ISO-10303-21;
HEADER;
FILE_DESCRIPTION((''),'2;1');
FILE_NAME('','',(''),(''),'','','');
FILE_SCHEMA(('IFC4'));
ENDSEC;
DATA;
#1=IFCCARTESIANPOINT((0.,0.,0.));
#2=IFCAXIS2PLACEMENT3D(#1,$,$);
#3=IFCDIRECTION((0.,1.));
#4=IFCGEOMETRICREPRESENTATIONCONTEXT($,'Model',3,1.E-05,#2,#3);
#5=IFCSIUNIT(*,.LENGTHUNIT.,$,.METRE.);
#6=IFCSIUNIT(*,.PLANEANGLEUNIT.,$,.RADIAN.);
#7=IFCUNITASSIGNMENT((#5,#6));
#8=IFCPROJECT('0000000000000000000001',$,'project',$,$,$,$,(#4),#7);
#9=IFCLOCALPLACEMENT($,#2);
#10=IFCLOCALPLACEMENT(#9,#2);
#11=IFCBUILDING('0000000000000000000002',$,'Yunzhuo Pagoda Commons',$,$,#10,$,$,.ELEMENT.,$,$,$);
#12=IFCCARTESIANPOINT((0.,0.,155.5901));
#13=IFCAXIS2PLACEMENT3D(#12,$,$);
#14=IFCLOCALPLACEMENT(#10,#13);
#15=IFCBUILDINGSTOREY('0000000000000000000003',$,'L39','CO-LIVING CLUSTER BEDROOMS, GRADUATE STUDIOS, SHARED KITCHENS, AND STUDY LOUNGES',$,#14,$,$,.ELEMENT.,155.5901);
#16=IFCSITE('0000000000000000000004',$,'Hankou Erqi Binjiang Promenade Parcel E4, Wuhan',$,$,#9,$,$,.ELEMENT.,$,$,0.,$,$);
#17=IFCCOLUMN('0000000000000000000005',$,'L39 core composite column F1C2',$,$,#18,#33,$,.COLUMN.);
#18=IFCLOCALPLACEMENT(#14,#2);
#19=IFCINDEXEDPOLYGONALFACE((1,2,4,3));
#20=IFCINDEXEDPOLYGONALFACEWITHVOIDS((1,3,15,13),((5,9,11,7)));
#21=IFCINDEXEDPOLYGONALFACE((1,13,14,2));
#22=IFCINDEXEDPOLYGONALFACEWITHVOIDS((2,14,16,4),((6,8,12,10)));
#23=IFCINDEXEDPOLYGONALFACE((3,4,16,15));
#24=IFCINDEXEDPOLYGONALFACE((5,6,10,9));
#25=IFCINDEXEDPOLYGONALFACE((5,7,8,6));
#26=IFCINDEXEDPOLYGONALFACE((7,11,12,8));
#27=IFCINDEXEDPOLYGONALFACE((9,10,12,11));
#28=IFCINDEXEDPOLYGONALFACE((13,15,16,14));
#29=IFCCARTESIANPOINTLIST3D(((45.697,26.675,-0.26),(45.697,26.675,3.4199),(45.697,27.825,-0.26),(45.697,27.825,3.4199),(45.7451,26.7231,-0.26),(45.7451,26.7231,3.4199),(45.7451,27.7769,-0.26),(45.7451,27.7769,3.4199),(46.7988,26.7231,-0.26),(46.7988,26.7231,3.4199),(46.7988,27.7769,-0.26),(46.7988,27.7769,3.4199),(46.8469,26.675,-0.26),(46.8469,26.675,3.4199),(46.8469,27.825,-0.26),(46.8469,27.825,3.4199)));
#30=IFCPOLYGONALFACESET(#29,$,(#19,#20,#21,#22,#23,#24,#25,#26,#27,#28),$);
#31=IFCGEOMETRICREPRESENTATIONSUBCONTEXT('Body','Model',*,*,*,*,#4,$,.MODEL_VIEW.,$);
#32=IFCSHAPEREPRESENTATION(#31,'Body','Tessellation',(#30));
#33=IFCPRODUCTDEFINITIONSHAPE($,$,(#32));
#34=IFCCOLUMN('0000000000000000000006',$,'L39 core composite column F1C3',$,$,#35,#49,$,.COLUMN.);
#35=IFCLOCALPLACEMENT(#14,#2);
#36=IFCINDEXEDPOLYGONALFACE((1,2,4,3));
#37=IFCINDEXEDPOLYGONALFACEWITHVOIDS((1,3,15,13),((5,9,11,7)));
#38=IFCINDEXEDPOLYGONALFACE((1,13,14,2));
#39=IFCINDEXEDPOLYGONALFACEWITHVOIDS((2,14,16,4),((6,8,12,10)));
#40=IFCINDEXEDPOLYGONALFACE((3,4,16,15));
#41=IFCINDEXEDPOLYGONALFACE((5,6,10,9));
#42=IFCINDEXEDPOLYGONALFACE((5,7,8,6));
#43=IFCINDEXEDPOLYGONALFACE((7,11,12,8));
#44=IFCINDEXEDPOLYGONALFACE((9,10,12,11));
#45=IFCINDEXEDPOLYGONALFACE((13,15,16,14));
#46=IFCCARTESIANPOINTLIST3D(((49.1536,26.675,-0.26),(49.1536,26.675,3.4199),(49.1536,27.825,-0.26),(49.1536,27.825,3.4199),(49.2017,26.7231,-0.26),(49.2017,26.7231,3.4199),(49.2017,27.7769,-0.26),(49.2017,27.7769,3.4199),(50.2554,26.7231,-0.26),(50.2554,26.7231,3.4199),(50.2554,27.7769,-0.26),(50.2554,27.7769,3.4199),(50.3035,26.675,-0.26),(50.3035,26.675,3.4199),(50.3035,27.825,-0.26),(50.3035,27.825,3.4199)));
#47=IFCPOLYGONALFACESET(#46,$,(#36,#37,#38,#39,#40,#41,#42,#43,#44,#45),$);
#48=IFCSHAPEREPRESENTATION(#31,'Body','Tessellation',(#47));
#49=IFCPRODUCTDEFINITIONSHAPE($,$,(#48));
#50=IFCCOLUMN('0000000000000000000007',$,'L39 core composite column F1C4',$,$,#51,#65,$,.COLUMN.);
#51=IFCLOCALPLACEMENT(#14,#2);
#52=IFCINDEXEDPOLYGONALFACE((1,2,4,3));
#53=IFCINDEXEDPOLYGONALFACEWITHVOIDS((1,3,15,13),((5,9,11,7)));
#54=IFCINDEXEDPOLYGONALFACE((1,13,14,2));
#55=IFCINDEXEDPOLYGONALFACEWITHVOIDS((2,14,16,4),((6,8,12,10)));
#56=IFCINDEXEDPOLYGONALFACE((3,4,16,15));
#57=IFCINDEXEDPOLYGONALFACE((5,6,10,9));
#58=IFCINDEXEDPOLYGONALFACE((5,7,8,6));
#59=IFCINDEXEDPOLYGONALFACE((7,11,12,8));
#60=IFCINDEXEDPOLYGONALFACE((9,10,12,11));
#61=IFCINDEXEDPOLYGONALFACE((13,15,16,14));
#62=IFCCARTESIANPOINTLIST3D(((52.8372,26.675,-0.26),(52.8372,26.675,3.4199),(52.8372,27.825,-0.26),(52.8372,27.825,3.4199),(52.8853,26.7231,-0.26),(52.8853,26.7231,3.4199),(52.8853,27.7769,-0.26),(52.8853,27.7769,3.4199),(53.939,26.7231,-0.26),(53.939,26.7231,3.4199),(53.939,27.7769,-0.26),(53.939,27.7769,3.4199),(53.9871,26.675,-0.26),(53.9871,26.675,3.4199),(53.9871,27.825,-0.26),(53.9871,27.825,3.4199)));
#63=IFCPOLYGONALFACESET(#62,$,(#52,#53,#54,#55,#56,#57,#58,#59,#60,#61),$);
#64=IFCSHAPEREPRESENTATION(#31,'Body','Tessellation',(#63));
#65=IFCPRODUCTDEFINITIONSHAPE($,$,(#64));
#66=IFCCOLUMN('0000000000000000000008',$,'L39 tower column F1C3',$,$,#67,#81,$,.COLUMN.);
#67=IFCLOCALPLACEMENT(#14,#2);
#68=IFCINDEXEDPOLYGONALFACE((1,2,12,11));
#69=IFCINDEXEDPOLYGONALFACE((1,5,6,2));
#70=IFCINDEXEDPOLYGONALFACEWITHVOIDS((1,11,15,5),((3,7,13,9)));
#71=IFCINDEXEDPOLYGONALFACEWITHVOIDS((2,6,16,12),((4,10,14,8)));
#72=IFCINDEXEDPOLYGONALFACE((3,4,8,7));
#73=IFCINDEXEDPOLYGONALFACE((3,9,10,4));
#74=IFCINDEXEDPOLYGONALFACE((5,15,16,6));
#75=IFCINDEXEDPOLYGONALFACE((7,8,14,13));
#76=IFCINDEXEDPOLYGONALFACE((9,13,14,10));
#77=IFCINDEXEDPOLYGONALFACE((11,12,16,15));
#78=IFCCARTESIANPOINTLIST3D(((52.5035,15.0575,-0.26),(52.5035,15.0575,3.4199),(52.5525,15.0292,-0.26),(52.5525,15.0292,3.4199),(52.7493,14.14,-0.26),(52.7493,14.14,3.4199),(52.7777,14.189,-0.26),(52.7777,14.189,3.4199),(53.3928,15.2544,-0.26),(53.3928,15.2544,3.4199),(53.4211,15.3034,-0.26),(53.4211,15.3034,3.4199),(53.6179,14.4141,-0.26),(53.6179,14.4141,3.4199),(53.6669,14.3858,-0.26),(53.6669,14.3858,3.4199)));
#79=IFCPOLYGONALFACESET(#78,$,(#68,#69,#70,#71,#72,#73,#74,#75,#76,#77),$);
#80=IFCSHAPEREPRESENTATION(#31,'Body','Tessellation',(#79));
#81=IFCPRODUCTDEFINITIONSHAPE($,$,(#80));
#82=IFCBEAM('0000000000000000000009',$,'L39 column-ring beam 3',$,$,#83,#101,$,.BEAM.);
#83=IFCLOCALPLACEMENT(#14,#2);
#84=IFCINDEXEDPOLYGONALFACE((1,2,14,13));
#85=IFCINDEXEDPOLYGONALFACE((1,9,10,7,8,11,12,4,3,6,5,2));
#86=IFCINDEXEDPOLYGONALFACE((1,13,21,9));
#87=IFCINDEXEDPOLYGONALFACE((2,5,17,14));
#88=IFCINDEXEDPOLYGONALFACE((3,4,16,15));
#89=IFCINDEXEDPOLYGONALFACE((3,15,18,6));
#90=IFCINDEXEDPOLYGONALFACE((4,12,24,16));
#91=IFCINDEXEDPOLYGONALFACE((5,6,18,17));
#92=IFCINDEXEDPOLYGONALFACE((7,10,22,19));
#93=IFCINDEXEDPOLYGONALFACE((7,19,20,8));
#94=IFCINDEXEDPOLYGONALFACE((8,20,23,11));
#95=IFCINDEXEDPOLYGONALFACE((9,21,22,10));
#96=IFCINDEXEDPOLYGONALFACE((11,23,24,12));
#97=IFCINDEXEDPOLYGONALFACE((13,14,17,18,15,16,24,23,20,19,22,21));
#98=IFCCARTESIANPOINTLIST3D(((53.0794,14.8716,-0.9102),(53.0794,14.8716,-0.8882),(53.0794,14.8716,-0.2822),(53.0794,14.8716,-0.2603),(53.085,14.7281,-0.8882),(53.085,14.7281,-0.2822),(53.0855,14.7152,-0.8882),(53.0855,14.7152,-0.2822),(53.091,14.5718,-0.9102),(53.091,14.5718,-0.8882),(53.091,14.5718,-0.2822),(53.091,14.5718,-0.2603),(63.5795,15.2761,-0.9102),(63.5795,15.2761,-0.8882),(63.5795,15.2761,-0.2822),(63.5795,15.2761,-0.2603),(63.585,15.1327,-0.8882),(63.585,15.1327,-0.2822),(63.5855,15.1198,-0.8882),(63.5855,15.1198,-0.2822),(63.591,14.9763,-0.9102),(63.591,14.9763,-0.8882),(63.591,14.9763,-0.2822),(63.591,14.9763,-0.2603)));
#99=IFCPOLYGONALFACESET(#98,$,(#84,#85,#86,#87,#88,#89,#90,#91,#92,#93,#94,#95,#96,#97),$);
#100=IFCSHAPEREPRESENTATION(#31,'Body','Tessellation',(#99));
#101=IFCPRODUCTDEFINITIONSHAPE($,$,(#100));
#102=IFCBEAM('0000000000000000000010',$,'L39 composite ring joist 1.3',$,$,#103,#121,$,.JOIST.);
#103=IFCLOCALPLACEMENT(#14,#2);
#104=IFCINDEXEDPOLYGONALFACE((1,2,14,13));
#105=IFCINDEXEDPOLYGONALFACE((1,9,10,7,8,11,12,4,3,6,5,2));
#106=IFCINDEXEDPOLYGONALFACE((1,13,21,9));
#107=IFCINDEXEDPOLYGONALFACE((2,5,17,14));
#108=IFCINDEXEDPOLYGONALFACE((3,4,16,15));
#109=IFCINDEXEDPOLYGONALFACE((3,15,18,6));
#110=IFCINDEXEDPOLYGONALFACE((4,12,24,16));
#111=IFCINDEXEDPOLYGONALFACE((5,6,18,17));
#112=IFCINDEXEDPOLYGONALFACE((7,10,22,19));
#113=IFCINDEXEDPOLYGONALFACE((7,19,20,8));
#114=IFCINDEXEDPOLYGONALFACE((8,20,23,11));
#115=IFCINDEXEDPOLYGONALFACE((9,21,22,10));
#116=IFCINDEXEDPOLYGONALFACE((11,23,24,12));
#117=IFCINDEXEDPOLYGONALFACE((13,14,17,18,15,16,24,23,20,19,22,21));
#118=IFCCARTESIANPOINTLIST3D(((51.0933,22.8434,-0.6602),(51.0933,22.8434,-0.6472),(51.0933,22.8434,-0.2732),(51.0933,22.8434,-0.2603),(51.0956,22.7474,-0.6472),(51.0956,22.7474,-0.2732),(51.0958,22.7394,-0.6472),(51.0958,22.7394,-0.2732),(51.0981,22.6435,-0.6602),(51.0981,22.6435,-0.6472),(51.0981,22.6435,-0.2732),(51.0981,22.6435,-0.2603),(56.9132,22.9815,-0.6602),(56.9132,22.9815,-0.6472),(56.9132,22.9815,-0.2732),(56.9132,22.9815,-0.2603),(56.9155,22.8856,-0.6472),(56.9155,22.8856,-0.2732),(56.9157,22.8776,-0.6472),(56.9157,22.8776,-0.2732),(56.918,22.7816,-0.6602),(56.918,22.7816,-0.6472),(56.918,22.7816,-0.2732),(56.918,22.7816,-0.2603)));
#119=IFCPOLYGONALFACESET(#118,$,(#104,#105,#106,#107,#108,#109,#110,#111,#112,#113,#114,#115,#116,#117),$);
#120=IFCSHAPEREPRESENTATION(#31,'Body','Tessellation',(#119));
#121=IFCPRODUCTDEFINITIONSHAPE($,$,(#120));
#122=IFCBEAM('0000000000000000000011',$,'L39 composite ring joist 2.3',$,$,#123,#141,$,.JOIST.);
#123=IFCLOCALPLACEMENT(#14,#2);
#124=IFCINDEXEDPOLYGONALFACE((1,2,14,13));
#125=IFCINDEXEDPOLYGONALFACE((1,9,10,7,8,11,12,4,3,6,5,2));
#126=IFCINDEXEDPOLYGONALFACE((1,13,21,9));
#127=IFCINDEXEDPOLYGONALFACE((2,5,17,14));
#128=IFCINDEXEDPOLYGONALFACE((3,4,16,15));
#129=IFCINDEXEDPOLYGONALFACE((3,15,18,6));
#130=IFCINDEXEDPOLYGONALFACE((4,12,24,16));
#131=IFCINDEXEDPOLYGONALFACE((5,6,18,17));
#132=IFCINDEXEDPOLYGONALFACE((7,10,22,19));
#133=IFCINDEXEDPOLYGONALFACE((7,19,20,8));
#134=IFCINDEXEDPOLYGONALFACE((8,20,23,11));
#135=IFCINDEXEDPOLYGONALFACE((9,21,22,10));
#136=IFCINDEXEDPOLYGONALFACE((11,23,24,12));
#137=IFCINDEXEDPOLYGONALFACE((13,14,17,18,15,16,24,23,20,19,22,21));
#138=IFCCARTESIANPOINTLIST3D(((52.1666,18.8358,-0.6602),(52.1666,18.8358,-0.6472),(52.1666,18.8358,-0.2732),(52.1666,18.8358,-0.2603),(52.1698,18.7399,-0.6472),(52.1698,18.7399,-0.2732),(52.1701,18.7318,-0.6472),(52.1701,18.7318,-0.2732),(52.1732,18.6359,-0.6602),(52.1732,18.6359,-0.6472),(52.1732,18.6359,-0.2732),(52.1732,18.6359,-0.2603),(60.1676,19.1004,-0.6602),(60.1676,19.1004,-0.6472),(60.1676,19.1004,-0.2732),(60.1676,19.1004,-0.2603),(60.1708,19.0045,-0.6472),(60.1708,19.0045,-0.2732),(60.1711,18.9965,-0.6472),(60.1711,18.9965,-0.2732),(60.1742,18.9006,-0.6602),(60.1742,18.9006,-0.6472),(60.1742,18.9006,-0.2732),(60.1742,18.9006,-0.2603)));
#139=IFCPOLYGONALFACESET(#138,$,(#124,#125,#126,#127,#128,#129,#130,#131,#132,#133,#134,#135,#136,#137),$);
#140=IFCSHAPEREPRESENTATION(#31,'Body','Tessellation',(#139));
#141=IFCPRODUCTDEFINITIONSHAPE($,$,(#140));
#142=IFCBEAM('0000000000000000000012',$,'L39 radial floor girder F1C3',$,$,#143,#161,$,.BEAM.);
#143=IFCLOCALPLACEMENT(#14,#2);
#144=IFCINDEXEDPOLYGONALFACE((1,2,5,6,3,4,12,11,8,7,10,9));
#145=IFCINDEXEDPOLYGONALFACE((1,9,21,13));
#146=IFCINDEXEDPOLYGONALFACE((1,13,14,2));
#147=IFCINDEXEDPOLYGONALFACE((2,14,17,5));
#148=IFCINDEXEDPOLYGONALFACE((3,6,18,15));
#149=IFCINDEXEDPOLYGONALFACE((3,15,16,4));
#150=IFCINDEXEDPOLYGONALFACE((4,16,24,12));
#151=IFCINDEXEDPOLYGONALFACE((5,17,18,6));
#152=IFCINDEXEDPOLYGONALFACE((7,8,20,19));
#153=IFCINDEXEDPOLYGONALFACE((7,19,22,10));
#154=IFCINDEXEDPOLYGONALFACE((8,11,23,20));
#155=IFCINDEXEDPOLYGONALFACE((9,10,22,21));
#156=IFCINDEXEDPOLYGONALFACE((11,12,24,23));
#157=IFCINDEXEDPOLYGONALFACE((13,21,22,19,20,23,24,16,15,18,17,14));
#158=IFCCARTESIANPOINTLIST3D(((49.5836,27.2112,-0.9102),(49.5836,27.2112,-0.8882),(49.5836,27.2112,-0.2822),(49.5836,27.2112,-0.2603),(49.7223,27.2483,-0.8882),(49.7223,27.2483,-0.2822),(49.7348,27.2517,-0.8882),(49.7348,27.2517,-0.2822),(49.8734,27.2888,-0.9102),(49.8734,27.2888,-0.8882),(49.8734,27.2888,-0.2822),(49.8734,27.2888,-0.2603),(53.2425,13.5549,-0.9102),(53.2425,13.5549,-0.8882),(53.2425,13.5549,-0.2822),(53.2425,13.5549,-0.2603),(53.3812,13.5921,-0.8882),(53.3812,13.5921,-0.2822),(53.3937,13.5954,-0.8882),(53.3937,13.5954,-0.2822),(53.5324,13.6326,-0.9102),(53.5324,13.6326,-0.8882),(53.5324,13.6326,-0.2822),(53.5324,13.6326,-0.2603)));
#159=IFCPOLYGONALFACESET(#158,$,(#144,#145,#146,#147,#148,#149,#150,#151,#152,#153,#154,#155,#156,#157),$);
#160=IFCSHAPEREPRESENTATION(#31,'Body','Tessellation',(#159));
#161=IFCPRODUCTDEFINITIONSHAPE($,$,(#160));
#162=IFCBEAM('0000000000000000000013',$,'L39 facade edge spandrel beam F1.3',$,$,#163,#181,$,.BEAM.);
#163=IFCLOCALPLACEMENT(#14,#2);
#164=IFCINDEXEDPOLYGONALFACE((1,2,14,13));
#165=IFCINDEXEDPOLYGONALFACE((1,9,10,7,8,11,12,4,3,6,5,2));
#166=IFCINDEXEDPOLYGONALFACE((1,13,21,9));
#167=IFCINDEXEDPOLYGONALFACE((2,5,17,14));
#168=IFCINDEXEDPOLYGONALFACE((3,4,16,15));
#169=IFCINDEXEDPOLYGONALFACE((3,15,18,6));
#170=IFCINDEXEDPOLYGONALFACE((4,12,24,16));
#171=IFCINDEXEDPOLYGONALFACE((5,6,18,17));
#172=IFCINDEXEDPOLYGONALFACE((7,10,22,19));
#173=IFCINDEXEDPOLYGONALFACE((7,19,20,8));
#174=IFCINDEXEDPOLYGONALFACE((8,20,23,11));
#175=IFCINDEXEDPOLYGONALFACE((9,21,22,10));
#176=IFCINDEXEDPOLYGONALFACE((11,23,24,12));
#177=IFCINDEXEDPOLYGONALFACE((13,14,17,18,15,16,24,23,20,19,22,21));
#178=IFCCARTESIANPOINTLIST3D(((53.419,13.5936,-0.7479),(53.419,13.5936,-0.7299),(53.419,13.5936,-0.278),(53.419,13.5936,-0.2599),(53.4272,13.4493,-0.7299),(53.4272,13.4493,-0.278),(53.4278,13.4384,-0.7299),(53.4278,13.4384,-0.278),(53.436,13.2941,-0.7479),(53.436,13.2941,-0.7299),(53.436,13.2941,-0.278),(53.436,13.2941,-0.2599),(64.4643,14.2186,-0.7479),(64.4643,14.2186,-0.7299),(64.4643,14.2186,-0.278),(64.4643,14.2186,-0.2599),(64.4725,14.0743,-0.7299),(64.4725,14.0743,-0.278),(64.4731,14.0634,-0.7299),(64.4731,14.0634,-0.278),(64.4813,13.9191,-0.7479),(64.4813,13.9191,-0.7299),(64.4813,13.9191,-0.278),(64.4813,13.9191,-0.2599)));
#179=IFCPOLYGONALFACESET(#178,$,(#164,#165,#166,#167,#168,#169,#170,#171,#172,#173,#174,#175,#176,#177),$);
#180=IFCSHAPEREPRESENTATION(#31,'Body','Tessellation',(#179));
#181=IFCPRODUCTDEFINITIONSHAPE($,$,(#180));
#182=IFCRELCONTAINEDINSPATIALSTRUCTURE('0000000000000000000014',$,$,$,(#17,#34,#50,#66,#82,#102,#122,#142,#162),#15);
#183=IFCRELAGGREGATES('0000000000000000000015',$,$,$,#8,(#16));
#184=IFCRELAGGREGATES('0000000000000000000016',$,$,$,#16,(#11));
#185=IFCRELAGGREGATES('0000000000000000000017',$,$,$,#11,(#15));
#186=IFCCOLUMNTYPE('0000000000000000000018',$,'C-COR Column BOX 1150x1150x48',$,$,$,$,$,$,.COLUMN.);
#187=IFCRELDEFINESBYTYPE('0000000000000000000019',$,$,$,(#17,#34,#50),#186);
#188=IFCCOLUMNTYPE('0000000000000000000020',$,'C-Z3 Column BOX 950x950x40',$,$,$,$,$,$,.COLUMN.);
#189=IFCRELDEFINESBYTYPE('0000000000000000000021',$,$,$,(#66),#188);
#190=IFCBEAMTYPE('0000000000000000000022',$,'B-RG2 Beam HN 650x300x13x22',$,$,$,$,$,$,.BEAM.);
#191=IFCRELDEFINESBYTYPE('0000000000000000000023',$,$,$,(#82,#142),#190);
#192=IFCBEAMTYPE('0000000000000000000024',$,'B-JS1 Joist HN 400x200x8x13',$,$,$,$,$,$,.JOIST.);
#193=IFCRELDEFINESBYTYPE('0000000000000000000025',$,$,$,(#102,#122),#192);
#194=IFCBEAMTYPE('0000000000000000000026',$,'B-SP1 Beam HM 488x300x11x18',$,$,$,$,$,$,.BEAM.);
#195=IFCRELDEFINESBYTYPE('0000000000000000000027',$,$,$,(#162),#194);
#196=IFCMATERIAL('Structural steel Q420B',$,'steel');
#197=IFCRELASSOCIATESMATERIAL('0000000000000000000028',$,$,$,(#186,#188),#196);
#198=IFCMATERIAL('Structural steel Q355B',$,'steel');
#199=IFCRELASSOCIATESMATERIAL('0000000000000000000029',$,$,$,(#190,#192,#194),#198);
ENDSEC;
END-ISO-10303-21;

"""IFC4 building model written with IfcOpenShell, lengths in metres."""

from ifc_helpers import new_model, si_unit, direction, frame, origin, origin_2d, place, context, subcontext, project, spatial, hollow_rectangle, i_section, extrude, source, transform, mapped, material, material_profile, profile_set, type_object, element, save


model = new_model("IFC4")

# Units and contexts
model_context = context("Model", 3, precision=1e-05, world=origin(), true_north=direction((0.0, 1.0)))
body_context = subcontext(model_context, "Body", "Model", "MODEL_VIEW")
ifc_project = project(units=[si_unit("LENGTHUNIT", "METRE"), si_unit("PLANEANGLEUNIT", "RADIAN")], contexts=[model_context])

# Site, building, storey
site_placement = place(None, origin())
site = spatial("IfcSite", under=ifc_project, at=site_placement, Name="Hankou Erqi Binjiang Promenade Parcel E4, Wuhan", CompositionType="ELEMENT", RefElevation=0.0)
building_placement = place(site_placement, origin())
building = spatial("IfcBuilding", under=site, at=building_placement, Name="Yunzhuo Pagoda Commons", CompositionType="ELEMENT")
storey_placement = place(building_placement, frame((0.0, 0.0, 155.5901)))
storey = spatial("IfcBuildingStorey", under=building, at=storey_placement, Name="L39", Description="CO-LIVING CLUSTER BEDROOMS, GRADUATE STUDIOS, SHARED KITCHENS, AND STUDY LOUNGES", CompositionType="ELEMENT", Elevation=155.5901)

# Columns
ifc_material_1 = material(Name="Structural steel Q420B", Category="steel")
ifc_material_profile_1 = material_profile(ifc_material_1, hollow_rectangle(XDim=1.1499, YDim=1.1499, WallThickness=0.0481, at=origin_2d()), Name="Structural steel Q420B")
ifc_profile_set_1 = profile_set([ifc_material_profile_1], Name="Structural steel Q420B")
column_type_1 = type_object("IfcColumnType", Name="C-COR Column BOX 1150x1150x48", PredefinedType="COLUMN", material=ifc_profile_set_1)
shared_shape_1 = source(origin(), body_context, "Body", "SweptSolid", [
    extrude(hollow_rectangle(XDim=1.1499, YDim=1.1499, WallThickness=0.0481, at=origin_2d()), origin(), (0.0, 0.0, 1.0), 3.6799),
])
for number, where, z_axis, x_axis, name in (
    (1, (46.272, 27.25, -0.26), (0.0, 0.0, 1.0), (1.0, 0.0, 0.0), "L39 core composite column F1C2"),
    (2, (49.7285, 27.25, -0.26), (0.0, 0.0, 1.0), (1.0, 0.0, 0.0), "L39 core composite column F1C3"),
    (3, (53.4121, 27.25, -0.26), (0.0, 0.0, 1.0), (1.0, 0.0, 0.0), "L39 core composite column F1C4"),
):
    element("IfcColumn", number, at=place(storey_placement, frame(where, z_axis=z_axis, x_axis=x_axis)), inside=storey, type_object=column_type_1, Name=name, PredefinedType="COLUMN", context=body_context, shape_type="MappedRepresentation", body=[
        mapped(shared_shape_1, transform((0.0, 0.0, 0.0), scale=1.0)),
    ])
ifc_material_profile_2 = material_profile(ifc_material_1, hollow_rectangle(XDim=0.95, YDim=0.95, WallThickness=0.04, at=origin_2d()), Name="Structural steel Q420B")
ifc_profile_set_2 = profile_set([ifc_material_profile_2], Name="Structural steel Q420B")
column_type_2 = type_object("IfcColumnType", Name="C-Z3 Column BOX 950x950x40", PredefinedType="COLUMN", material=ifc_profile_set_2)
shared_shape_2 = source(origin(), body_context, "Body", "SweptSolid", [
    extrude(hollow_rectangle(XDim=0.95, YDim=0.95, WallThickness=0.04, at=origin_2d()), origin(), (0.0, 0.0, 1.0), 3.6799),
])
column_placement = place(storey_placement, frame((53.0852, 14.7217, -0.26), z_axis=(0.0, 0.0, 1.0), x_axis=(0.965926, 0.258819, 0.0)))
element("IfcColumn", 4, at=column_placement, inside=storey, type_object=column_type_2, Name="L39 tower column F1C3", PredefinedType="COLUMN", context=body_context, shape_type="MappedRepresentation", body=[
    mapped(shared_shape_2, transform((0.0, 0.0, 0.0), scale=1.0)),
])

# Beams
ifc_material_2 = material(Name="Structural steel Q355B", Category="steel")
ifc_material_profile_3 = material_profile(ifc_material_2, i_section(OverallWidth=0.3, OverallDepth=0.6499, WebThickness=0.0129, FlangeThickness=0.022, at=origin_2d()), Name="Structural steel Q355B")
ifc_profile_set_3 = profile_set([ifc_material_profile_3], Name="Structural steel Q355B")
beam_type_1 = type_object("IfcBeamType", Name="B-RG2 Beam HN 650x300x13x22", PredefinedType="BEAM", material=ifc_profile_set_3)
shared_shape_3 = source(origin(), body_context, "Body", "SweptSolid", [
    extrude(i_section(OverallWidth=0.3, OverallDepth=0.6499, WebThickness=0.0129, FlangeThickness=0.022, at=origin_2d()), origin(), (0.0, 0.0, 1.0), 10.5078),
])
beam_1_placement = place(storey_placement, frame((53.0852, 14.7217, -0.5852), z_axis=(0.999259, 0.038499, 0.0), x_axis=(-0.038499, 0.999259, 0.0)))
element("IfcBeam", 5, at=beam_1_placement, inside=storey, type_object=beam_type_1, Name="L39 column-ring beam 3", PredefinedType="BEAM", context=body_context, shape_type="MappedRepresentation", body=[
    mapped(shared_shape_3, transform((0.0, 0.0, 0.0), scale=1.0)),
])
ifc_material_profile_4 = material_profile(ifc_material_2, i_section(OverallWidth=0.2, OverallDepth=0.3999, WebThickness=0.0081, FlangeThickness=0.0129, at=origin_2d()), Name="Structural steel Q355B")
ifc_profile_set_4 = profile_set([ifc_material_profile_4], Name="Structural steel Q355B")
beam_type_2 = type_object("IfcBeamType", Name="B-JS1 Joist HN 400x200x8x13", PredefinedType="JOIST", material=ifc_profile_set_4)
shared_shape_4 = source(origin(), body_context, "Body", "SweptSolid", [
    extrude(i_section(OverallWidth=0.2, OverallDepth=0.3999, WebThickness=0.0081, FlangeThickness=0.0129, at=origin_2d()), origin(), (0.0, 0.0, 1.0), 5.8215),
])
beam_2_placement = place(storey_placement, frame((51.0957, 22.7434, -0.4602), z_axis=(0.999718, 0.023737, 0.0), x_axis=(-0.023737, 0.999718, 0.0)))
element("IfcBeam", 6, at=beam_2_placement, inside=storey, type_object=beam_type_2, Name="L39 composite ring joist 1.3", PredefinedType="JOIST", context=body_context, shape_type="MappedRepresentation", body=[
    mapped(shared_shape_4, transform((0.0, 0.0, 0.0), scale=1.0)),
])
shared_shape_5 = source(origin(), body_context, "Body", "SweptSolid", [
    extrude(i_section(OverallWidth=0.2, OverallDepth=0.3999, WebThickness=0.0081, FlangeThickness=0.0129, at=origin_2d()), origin(), (0.0, 0.0, 1.0), 8.0054),
])
beam_3_placement = place(storey_placement, frame((52.1699, 18.7358, -0.4602), z_axis=(0.999453, 0.033059, 0.0), x_axis=(-0.033059, 0.999453, 0.0)))
element("IfcBeam", 7, at=beam_3_placement, inside=storey, type_object=beam_type_2, Name="L39 composite ring joist 2.3", PredefinedType="JOIST", context=body_context, shape_type="MappedRepresentation", body=[
    mapped(shared_shape_5, transform((0.0, 0.0, 0.0), scale=1.0)),
])
shared_shape_6 = source(origin(), body_context, "Body", "SweptSolid", [
    extrude(i_section(OverallWidth=0.3, OverallDepth=0.6499, WebThickness=0.0129, FlangeThickness=0.022, at=origin_2d()), origin(), (0.0, 0.0, 1.0), 14.1379),
])
beam_4_placement = place(storey_placement, frame((53.3875, 13.5938, -0.5852), z_axis=(-0.258803, 0.96593, 0.0), x_axis=(-0.96593, -0.258803, 0.0)))
element("IfcBeam", 8, at=beam_4_placement, inside=storey, type_object=beam_type_1, Name="L39 radial floor girder F1C3", PredefinedType="BEAM", context=body_context, shape_type="MappedRepresentation", body=[
    mapped(shared_shape_6, transform((0.0, 0.0, 0.0), scale=1.0)),
])
ifc_material_profile_5 = material_profile(ifc_material_2, i_section(OverallWidth=0.3, OverallDepth=0.488, WebThickness=0.011, FlangeThickness=0.0181, at=origin_2d()), Name="Structural steel Q355B")
ifc_profile_set_5 = profile_set([ifc_material_profile_5], Name="Structural steel Q355B")
beam_type_3 = type_object("IfcBeamType", Name="B-SP1 Beam HM 488x300x11x18", PredefinedType="BEAM", material=ifc_profile_set_5)
shared_shape_7 = source(origin(), body_context, "Body", "SweptSolid", [
    extrude(i_section(OverallWidth=0.3, OverallDepth=0.488, WebThickness=0.011, FlangeThickness=0.0181, at=origin_2d()), origin(), (0.0, 0.0, 1.0), 11.063),
])
beam_5_placement = place(storey_placement, frame((53.4275, 13.4438, -0.5039), z_axis=(0.998403, 0.056494, 0.0), x_axis=(-0.056494, 0.998403, 0.0)))
element("IfcBeam", 9, at=beam_5_placement, inside=storey, type_object=beam_type_3, Name="L39 facade edge spandrel beam F1.3", PredefinedType="BEAM", context=body_context, shape_type="MappedRepresentation", body=[
    mapped(shared_shape_7, transform((0.0, 0.0, 0.0), scale=1.0)),
])

save(model, "model.ifc")
